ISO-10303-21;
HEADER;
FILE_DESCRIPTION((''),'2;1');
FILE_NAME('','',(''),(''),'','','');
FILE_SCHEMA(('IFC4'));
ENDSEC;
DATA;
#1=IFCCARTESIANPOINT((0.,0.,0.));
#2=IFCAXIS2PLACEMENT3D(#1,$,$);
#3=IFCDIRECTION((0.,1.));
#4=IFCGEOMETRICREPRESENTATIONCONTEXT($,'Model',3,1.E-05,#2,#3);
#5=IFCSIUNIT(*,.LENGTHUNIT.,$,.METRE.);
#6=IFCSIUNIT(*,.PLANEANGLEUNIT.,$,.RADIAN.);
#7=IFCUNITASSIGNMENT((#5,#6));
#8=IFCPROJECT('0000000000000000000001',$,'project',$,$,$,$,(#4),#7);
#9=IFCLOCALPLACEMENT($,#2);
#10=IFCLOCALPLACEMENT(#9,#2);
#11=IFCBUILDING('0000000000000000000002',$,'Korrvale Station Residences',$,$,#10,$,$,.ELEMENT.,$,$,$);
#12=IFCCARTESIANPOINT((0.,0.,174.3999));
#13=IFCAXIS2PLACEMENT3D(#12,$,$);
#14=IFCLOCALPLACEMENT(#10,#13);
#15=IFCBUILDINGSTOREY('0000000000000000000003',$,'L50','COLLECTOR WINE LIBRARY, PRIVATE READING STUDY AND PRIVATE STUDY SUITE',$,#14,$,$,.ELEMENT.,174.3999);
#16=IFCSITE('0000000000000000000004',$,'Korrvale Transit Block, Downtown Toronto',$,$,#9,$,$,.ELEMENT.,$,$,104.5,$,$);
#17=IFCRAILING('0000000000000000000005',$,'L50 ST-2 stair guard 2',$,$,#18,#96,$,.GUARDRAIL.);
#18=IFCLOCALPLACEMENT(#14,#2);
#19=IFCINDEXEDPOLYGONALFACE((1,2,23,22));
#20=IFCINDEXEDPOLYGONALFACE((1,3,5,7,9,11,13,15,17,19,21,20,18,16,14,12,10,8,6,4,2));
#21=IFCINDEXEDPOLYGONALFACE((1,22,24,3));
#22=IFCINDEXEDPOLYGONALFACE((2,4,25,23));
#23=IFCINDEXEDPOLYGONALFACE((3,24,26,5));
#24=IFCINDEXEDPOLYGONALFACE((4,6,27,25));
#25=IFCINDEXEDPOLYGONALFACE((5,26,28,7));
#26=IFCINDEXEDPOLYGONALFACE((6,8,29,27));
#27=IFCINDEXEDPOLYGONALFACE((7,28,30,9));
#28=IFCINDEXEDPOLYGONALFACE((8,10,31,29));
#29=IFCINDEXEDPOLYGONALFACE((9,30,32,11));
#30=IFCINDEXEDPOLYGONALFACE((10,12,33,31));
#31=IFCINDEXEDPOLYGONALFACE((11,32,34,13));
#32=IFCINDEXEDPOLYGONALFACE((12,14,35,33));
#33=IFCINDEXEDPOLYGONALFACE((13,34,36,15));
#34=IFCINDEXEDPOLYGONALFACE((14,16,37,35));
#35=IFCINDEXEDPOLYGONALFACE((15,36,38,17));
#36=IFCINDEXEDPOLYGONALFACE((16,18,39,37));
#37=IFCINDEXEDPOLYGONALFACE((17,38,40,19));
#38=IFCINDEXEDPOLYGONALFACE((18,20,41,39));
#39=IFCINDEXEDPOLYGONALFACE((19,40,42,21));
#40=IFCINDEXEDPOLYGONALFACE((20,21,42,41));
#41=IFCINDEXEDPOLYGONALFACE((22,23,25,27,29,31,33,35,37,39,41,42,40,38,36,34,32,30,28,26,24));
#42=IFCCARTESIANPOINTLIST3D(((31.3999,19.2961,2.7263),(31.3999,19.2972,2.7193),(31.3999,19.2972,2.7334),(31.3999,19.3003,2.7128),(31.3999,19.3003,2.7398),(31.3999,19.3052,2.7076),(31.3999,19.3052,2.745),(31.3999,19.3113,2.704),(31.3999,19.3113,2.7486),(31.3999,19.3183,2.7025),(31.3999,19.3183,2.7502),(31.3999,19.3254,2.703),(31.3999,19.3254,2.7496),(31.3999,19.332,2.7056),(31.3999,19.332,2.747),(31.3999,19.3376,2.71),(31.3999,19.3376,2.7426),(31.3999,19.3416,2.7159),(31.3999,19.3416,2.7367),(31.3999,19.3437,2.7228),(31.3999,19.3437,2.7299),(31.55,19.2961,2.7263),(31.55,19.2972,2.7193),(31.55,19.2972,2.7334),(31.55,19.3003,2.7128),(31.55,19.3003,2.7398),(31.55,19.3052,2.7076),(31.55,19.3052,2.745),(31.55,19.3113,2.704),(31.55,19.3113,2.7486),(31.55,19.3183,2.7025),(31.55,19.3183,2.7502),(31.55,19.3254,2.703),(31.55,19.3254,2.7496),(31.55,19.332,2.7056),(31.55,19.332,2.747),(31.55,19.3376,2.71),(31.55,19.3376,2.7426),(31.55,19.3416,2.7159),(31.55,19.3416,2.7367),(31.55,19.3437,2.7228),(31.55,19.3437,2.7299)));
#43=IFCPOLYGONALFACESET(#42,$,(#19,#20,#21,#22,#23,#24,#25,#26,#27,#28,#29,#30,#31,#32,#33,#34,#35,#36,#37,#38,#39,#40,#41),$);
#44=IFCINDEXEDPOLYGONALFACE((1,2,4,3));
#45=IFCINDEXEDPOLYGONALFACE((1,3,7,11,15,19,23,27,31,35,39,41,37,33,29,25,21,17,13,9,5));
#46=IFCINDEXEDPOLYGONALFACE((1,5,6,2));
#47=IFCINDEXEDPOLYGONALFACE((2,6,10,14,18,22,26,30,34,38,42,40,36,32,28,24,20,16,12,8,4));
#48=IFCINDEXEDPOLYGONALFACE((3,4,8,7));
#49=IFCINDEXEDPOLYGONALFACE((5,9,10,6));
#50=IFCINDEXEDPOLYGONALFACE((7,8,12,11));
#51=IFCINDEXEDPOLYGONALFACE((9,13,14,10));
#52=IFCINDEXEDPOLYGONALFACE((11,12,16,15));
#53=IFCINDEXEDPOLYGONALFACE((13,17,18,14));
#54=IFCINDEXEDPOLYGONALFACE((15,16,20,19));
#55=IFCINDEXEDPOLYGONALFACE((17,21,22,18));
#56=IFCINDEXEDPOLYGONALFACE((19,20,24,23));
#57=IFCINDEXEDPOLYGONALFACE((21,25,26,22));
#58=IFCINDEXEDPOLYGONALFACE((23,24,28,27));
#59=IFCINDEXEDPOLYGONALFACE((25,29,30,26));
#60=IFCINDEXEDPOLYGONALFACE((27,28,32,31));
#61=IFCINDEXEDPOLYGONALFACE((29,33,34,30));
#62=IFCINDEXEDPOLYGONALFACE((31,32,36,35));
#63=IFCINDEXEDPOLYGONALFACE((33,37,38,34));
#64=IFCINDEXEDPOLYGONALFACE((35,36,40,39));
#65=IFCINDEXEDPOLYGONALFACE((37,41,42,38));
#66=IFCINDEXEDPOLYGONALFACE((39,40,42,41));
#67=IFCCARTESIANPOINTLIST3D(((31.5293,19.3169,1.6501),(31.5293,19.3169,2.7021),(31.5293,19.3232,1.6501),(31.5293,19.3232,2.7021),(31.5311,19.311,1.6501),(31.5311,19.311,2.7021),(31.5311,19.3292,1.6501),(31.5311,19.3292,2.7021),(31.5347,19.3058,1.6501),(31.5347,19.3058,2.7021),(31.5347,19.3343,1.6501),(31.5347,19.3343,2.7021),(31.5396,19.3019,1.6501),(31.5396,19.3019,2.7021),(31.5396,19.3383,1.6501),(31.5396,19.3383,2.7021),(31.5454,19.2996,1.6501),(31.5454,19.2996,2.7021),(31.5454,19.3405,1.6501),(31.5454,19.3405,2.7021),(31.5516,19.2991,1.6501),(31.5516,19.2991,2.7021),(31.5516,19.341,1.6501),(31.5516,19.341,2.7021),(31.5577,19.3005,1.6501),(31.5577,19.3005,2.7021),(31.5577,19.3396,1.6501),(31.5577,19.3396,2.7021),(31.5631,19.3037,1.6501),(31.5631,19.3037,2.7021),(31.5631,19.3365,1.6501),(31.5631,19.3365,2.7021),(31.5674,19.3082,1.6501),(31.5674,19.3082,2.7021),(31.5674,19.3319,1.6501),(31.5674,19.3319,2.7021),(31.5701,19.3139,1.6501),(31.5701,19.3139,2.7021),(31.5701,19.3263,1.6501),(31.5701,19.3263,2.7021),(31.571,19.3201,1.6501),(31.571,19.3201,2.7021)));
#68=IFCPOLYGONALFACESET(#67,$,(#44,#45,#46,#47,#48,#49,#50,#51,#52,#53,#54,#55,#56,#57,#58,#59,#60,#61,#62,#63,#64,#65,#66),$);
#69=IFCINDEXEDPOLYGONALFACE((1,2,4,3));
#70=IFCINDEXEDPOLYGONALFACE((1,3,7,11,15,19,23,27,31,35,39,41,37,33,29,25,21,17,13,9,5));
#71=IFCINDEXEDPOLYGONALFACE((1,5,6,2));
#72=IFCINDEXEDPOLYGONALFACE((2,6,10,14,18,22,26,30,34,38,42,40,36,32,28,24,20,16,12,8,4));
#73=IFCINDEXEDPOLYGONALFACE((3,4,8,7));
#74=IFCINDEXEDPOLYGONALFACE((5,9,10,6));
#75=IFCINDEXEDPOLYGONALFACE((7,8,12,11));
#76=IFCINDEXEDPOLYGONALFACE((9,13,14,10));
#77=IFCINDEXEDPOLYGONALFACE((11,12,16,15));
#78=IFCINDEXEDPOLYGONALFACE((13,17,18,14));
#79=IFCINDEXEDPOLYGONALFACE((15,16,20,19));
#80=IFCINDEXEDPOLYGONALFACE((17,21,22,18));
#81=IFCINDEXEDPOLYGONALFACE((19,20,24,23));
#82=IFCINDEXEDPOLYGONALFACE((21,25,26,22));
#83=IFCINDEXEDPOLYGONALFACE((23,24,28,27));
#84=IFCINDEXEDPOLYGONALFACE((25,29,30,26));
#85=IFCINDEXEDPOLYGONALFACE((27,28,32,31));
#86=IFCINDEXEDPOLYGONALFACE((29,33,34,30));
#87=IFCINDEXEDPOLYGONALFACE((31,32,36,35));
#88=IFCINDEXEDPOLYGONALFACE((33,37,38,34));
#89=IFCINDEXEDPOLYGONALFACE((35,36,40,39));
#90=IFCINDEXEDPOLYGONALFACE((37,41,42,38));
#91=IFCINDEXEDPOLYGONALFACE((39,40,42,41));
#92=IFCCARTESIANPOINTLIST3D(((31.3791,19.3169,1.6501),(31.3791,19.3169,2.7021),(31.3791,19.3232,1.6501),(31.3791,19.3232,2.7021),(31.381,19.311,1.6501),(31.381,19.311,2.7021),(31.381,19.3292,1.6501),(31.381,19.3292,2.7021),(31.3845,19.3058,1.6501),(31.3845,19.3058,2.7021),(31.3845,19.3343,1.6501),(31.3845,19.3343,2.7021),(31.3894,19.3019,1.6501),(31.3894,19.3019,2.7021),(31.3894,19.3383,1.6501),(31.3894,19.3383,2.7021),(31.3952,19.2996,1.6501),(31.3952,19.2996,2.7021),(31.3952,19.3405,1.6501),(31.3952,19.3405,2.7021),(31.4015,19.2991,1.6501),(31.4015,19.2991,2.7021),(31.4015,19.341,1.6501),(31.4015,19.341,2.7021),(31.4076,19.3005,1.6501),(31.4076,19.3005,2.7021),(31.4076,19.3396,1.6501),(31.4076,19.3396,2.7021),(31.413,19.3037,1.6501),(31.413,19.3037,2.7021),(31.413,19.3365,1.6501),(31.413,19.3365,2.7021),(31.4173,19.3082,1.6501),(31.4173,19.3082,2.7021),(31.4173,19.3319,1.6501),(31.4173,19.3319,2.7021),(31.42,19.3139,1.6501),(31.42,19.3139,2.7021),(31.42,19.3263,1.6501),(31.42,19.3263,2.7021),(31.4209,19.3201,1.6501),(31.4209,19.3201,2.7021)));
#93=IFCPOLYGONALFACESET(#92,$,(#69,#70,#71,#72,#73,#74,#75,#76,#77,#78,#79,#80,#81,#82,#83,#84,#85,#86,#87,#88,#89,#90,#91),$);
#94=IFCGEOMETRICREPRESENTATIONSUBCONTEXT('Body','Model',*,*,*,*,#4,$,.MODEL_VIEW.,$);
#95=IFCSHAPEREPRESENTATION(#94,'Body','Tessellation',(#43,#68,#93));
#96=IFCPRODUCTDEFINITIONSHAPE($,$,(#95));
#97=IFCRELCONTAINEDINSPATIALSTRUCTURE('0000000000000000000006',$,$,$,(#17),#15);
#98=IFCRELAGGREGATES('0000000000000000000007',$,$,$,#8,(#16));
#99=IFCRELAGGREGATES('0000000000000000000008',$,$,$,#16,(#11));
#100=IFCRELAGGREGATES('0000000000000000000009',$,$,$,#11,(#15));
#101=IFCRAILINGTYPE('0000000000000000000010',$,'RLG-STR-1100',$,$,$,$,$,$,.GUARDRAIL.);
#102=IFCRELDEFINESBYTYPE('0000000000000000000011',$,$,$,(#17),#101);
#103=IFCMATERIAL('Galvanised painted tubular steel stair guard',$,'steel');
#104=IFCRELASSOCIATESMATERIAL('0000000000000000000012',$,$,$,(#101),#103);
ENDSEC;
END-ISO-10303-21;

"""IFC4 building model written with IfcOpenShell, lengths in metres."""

from ifc_helpers import new_model, si_unit, direction, frame, origin, origin_2d, place, context, subcontext, project, spatial, circle, extrude, material, type_object, element, save


model = new_model("IFC4")

# Units and contexts
model_context = context("Model", 3, precision=1e-05, world=origin(), true_north=direction((0.0, 1.0)))
body_context = subcontext(model_context, "Body", "Model", "MODEL_VIEW")
ifc_project = project(units=[si_unit("LENGTHUNIT", "METRE"), si_unit("PLANEANGLEUNIT", "RADIAN")], contexts=[model_context])

# Site, building, storey
site_placement = place(None, origin())
site = spatial("IfcSite", under=ifc_project, at=site_placement, Name="Korrvale Transit Block, Downtown Toronto", CompositionType="ELEMENT", RefElevation=104.5)
building_placement = place(site_placement, origin())
building = spatial("IfcBuilding", under=site, at=building_placement, Name="Korrvale Station Residences", CompositionType="ELEMENT")
storey_placement = place(building_placement, frame((0.0, 0.0, 174.3999)))
storey = spatial("IfcBuildingStorey", under=building, at=storey_placement, Name="L50", Description="COLLECTOR WINE LIBRARY, PRIVATE READING STUDY AND PRIVATE STUDY SUITE", CompositionType="ELEMENT", Elevation=174.3999)

# Railing
ifc_material_1 = material(Name="Galvanised painted tubular steel stair guard", Category="steel")
railing_type_1 = type_object("IfcRailingType", Name="RLG-STR-1100", PredefinedType="GUARDRAIL", material=ifc_material_1)
railing_1_placement = place(storey_placement, frame((31.55, 19.3201, 1.6501)))
element("IfcRailing", 1, at=railing_1_placement, inside=storey, type_object=railing_type_1, Name="L50 ST-2 stair guard 2", PredefinedType="GUARDRAIL", context=body_context, shape_type="SweptSolid", body=[
    extrude(circle(Radius=0.0239, at=origin_2d()), frame((0.0, 0.0, 1.0762), z_axis=(-1.0, 0.0, 0.0), x_axis=(0.0, -1.0, 0.0)), (0.0, 0.0, 1.0), 0.1501),
    extrude(circle(Radius=0.021, at=origin_2d()), origin(), (0.0, 0.0, 1.0), 1.052),
    extrude(circle(Radius=0.021, at=origin_2d()), frame((-0.1501, 0.0, 0.0)), (0.0, 0.0, 1.0), 1.052),
])

save(model, "model.ifc")
